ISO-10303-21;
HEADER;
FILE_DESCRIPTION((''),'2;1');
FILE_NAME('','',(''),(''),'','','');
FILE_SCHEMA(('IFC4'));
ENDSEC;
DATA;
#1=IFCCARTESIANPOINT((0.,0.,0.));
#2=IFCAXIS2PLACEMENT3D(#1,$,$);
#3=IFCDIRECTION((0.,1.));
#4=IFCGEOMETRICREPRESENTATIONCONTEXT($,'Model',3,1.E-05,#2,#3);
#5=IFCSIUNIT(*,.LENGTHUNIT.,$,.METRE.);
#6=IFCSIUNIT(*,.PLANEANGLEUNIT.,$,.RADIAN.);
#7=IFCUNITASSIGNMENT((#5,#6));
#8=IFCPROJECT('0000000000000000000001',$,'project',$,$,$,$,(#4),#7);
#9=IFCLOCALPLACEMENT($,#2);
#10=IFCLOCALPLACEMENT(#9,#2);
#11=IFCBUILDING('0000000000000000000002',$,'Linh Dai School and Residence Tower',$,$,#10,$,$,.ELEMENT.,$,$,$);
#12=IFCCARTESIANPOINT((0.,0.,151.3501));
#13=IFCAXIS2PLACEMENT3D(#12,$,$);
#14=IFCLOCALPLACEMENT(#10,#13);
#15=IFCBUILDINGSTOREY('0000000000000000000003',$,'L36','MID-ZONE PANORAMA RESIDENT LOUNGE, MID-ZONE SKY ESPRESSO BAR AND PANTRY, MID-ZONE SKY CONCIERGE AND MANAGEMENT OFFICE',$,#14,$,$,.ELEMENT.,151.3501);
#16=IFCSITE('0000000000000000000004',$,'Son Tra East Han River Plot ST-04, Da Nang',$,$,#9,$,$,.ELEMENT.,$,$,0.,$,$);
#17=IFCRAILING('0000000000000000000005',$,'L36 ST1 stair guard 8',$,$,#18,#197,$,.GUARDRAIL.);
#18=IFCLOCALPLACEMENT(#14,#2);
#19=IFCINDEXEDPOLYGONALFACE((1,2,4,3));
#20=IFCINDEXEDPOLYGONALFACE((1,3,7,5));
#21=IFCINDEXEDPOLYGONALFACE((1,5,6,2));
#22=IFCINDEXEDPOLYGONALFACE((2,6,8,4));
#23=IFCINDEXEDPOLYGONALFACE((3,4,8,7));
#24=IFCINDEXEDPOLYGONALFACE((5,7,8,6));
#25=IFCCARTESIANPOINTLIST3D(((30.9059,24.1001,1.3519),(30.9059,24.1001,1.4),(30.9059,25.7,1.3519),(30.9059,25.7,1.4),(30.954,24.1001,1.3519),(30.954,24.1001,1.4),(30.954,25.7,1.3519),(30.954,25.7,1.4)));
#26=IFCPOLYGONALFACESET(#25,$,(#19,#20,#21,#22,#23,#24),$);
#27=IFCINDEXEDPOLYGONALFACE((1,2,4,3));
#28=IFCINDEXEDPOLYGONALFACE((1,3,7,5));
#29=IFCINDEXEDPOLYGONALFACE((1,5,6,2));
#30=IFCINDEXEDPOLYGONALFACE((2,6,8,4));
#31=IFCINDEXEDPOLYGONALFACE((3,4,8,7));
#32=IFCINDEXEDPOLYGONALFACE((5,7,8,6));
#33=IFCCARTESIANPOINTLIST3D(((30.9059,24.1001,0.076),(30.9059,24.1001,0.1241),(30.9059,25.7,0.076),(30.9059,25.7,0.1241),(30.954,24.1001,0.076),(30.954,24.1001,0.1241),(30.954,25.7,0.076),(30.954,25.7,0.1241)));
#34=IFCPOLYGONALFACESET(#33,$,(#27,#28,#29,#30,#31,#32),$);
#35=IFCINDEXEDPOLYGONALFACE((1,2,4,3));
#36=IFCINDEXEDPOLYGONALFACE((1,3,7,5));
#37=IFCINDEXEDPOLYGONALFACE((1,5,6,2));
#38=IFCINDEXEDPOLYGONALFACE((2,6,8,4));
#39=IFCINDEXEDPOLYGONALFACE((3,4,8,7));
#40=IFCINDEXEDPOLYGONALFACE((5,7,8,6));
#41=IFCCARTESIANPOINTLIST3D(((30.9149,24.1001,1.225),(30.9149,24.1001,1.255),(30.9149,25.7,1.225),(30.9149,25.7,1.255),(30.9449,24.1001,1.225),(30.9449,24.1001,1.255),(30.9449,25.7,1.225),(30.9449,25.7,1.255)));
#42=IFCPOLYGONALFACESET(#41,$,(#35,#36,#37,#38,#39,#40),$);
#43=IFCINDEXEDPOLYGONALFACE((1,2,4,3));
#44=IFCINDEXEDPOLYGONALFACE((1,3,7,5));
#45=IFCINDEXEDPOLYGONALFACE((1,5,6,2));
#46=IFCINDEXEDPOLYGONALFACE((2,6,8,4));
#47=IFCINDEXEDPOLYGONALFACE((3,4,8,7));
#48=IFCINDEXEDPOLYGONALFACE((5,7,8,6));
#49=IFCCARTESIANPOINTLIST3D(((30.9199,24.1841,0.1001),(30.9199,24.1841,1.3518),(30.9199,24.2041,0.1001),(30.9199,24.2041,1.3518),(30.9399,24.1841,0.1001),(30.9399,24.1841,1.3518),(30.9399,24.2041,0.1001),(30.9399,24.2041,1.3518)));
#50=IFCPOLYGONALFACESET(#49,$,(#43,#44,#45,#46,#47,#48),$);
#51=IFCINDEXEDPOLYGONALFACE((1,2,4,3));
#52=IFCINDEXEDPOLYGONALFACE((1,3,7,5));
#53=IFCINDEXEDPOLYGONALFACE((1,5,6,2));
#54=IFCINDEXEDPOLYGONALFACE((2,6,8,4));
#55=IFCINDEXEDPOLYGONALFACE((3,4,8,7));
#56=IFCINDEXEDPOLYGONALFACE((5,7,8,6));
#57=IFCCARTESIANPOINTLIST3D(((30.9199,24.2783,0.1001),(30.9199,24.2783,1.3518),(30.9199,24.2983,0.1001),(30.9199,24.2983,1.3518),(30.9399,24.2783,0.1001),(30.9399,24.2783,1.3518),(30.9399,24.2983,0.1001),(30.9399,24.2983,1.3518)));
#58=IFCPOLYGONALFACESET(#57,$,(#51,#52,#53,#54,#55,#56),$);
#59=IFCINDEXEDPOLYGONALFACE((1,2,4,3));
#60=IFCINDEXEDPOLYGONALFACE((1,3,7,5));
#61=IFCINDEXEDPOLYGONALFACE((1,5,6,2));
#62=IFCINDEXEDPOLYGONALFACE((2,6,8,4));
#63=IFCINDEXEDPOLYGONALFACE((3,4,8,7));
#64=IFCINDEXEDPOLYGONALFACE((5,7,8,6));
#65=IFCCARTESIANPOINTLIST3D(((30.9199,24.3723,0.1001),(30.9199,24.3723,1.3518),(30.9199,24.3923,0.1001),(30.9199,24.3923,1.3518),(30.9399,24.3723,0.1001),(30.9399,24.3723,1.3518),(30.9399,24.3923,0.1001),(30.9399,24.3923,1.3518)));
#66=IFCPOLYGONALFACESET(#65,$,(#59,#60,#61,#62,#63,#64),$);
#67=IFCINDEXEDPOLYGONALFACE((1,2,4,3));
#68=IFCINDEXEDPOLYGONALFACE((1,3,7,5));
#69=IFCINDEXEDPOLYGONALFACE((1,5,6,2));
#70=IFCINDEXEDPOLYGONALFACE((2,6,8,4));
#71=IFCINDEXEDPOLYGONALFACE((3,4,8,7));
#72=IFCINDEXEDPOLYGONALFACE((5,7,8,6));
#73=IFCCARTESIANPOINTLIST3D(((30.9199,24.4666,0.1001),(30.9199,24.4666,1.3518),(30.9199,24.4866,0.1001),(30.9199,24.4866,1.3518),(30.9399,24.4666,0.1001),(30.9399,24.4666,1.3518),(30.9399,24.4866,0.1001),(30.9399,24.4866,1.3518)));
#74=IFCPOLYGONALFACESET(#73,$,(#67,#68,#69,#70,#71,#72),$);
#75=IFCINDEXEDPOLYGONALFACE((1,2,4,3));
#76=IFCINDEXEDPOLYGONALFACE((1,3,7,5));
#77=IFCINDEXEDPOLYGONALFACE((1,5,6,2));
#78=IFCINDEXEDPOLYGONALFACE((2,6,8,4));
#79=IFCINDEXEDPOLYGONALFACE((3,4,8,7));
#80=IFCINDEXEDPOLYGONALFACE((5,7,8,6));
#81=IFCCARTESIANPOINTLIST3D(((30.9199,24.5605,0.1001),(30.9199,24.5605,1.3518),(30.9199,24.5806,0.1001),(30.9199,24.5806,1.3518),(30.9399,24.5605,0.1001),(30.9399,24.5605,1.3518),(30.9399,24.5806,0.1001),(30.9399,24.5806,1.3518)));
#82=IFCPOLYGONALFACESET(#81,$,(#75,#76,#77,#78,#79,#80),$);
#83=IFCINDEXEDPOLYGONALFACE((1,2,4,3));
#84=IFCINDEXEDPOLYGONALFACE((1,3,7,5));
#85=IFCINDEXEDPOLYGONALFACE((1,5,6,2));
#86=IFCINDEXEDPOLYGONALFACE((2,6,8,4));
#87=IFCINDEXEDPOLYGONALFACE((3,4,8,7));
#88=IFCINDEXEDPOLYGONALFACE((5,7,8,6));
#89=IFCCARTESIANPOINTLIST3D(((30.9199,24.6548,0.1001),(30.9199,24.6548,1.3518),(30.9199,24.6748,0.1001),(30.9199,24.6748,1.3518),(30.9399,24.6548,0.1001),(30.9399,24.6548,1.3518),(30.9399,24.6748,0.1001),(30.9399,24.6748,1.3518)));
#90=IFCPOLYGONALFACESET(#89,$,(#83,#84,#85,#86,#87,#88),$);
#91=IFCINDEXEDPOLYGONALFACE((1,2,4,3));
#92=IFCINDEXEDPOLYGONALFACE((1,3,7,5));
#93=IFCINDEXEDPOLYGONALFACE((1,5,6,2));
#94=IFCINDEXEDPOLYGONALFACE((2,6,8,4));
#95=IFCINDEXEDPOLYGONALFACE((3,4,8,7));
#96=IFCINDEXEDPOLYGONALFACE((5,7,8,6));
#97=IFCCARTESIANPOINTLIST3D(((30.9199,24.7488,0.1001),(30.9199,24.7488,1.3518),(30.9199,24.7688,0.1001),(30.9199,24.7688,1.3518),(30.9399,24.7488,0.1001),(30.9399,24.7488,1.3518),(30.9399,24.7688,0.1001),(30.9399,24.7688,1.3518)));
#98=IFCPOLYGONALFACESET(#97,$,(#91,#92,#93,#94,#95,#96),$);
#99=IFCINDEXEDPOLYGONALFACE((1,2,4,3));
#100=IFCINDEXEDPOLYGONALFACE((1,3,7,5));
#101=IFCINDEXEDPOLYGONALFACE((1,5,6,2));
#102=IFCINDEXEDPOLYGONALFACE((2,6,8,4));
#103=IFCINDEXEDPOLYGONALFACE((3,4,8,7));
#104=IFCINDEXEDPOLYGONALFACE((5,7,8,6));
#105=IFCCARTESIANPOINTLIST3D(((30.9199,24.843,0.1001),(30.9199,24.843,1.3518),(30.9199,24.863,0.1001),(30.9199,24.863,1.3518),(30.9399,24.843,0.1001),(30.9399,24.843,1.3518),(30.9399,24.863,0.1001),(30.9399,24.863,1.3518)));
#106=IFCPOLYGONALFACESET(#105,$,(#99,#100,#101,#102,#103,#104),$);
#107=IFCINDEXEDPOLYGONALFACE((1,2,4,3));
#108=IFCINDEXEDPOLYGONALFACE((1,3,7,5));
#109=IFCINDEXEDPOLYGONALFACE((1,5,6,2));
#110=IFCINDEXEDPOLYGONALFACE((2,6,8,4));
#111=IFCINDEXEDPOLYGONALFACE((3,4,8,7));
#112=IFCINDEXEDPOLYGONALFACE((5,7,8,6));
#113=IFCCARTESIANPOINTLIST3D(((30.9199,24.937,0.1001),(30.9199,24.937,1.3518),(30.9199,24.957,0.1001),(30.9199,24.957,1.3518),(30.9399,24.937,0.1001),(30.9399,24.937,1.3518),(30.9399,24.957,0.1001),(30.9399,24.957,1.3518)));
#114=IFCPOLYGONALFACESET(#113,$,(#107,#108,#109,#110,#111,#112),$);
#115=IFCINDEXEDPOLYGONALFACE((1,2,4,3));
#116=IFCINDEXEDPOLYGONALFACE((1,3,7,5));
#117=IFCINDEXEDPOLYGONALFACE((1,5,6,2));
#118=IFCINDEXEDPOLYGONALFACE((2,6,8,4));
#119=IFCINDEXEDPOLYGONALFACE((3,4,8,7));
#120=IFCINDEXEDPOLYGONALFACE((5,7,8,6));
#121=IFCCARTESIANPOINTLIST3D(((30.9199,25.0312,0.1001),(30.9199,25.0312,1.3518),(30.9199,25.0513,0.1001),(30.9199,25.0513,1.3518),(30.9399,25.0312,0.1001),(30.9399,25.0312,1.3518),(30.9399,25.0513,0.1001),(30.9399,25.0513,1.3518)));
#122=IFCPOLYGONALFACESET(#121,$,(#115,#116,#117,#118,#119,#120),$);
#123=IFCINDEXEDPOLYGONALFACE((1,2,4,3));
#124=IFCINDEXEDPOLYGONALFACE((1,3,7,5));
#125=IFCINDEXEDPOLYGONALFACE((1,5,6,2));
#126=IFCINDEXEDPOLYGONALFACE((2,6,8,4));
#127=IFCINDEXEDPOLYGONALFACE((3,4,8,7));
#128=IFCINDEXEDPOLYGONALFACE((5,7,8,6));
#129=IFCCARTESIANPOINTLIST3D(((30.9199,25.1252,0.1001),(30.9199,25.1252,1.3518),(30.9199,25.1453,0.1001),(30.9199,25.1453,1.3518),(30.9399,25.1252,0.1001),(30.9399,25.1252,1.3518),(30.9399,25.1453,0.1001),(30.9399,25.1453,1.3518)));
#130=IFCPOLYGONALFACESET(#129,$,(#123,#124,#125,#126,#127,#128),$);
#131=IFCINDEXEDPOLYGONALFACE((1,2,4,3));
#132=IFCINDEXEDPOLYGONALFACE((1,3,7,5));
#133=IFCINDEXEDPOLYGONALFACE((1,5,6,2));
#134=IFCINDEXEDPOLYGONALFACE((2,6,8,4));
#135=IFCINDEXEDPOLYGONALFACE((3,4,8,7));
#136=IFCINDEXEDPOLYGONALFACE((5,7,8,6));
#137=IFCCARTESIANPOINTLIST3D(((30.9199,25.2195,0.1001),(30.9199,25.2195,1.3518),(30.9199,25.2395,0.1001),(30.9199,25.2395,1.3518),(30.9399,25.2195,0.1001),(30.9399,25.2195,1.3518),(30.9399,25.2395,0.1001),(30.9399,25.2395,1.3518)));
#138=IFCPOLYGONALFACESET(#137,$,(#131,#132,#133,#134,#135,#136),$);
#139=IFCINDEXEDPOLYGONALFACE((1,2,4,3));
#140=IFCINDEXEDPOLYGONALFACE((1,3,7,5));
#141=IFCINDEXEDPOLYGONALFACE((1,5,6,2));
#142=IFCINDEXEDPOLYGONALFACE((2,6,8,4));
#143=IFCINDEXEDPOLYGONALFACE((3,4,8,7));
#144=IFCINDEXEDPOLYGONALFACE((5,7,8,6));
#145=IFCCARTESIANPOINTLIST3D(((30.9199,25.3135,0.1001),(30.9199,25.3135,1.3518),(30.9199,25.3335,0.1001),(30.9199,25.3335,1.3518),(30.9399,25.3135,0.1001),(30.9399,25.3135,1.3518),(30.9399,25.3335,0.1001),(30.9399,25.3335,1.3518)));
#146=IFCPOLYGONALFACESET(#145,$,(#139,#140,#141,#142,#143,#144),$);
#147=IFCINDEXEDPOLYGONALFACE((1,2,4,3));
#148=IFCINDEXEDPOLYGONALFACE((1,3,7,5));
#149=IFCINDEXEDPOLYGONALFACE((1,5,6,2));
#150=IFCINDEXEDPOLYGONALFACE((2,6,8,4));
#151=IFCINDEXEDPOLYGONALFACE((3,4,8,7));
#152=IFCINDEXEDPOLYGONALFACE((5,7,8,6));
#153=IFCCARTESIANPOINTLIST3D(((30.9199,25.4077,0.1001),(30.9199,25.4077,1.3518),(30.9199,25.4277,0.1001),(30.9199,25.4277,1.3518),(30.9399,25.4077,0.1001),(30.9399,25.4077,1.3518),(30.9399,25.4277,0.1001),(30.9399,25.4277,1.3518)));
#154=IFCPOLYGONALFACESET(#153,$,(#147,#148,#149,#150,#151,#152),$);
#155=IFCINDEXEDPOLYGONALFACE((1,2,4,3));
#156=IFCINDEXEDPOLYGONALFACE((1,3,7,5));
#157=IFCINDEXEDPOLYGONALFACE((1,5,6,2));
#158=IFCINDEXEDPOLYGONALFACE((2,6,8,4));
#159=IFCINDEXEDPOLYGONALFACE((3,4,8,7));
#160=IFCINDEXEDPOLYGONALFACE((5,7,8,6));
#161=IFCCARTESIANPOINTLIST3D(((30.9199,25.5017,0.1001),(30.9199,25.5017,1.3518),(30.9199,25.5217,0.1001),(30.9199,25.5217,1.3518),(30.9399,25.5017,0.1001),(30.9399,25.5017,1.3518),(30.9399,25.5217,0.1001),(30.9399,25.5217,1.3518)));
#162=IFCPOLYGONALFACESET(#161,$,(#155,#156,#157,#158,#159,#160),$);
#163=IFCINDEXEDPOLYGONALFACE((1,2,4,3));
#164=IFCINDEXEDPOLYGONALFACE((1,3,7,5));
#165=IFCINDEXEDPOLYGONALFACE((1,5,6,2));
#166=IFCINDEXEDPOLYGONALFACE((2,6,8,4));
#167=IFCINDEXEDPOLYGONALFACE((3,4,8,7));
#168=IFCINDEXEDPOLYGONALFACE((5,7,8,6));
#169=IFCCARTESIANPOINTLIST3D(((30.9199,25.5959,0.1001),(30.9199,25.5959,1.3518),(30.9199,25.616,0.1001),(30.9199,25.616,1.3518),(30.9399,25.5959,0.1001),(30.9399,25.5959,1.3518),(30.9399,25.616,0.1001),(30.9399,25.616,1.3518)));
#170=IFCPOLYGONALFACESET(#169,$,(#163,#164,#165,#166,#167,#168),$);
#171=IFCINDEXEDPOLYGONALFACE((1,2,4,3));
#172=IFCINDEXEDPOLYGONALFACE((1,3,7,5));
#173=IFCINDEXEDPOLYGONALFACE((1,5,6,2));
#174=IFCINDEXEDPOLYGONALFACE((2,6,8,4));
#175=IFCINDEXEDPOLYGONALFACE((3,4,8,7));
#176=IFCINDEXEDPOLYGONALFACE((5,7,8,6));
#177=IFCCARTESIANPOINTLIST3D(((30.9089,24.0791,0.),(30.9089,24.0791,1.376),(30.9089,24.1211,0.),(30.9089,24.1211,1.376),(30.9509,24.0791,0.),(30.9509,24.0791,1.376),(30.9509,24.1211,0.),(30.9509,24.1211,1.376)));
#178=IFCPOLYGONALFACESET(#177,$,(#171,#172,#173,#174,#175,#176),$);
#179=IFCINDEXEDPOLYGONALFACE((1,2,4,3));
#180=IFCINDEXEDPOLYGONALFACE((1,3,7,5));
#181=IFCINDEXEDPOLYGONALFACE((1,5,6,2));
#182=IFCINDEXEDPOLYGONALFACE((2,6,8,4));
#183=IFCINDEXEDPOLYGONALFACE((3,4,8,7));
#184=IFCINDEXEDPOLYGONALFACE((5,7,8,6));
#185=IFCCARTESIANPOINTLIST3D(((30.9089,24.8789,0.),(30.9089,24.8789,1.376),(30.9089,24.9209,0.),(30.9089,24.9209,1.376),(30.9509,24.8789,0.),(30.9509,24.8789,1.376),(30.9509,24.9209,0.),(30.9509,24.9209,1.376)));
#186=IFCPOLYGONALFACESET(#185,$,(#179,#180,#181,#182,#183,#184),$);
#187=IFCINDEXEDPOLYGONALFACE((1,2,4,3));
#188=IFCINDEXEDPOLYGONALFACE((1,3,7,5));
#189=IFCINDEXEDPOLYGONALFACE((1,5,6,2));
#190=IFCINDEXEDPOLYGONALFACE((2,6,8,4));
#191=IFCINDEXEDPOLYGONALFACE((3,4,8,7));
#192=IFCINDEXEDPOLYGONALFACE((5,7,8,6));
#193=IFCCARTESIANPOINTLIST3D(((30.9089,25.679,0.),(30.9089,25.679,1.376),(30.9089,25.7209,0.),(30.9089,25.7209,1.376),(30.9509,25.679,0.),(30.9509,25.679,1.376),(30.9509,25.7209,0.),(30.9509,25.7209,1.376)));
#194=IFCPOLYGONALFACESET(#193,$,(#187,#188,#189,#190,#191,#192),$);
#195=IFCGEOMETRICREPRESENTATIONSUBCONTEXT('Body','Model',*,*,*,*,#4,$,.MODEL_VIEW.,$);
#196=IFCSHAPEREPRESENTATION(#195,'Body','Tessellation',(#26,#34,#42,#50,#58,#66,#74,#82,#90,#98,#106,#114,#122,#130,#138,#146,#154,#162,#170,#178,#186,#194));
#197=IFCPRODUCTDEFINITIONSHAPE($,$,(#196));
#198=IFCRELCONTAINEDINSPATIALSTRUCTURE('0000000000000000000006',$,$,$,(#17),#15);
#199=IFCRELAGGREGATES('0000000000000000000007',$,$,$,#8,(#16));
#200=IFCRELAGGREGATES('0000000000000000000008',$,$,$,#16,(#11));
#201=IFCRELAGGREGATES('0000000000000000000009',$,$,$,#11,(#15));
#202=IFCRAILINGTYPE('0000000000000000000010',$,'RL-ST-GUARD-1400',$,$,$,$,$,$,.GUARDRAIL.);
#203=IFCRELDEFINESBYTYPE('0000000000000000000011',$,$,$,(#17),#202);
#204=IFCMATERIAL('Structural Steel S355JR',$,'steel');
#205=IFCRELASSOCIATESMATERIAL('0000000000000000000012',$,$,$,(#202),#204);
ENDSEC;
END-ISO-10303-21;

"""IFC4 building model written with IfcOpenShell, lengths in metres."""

from ifc_helpers import new_model, si_unit, direction, frame, origin, origin_2d, place, context, subcontext, project, spatial, rectangle, extrude, source, transform, mapped, material, type_object, element, save


model = new_model("IFC4")

# Units and contexts
model_context = context("Model", 3, precision=1e-05, world=origin(), true_north=direction((0.0, 1.0)))
body_context = subcontext(model_context, "Body", "Model", "MODEL_VIEW")
ifc_project = project(units=[si_unit("LENGTHUNIT", "METRE"), si_unit("PLANEANGLEUNIT", "RADIAN")], contexts=[model_context])

# Site, building, storey
site_placement = place(None, origin())
site = spatial("IfcSite", under=ifc_project, at=site_placement, Name="Son Tra East Han River Plot ST-04, Da Nang", CompositionType="ELEMENT", RefElevation=0.0)
building_placement = place(site_placement, origin())
building = spatial("IfcBuilding", under=site, at=building_placement, Name="Linh Dai School and Residence Tower", CompositionType="ELEMENT")
storey_placement = place(building_placement, frame((0.0, 0.0, 151.3501)))
storey = spatial("IfcBuildingStorey", under=building, at=storey_placement, Name="L36", Description="MID-ZONE PANORAMA RESIDENT LOUNGE, MID-ZONE SKY ESPRESSO BAR AND PANTRY, MID-ZONE SKY CONCIERGE AND MANAGEMENT OFFICE", CompositionType="ELEMENT", Elevation=151.3501)

# Shared definitions
ifc_material_1 = material(Name="Structural Steel S355JR", Category="steel")

# Railing
railing_type = type_object("IfcRailingType", Name="RL-ST-GUARD-1400", PredefinedType="GUARDRAIL", material=ifc_material_1)
shared_shape_1 = source(origin(), body_context, "Body", "SweptSolid", [
    extrude(rectangle(XDim=0.0481, YDim=0.0481, at=origin_2d()), frame((0.0, 0.0, 1.376), z_axis=(0.0, 1.0, 0.0), x_axis=(-1.0, 0.0, 0.0)), (0.0, 0.0, 1.0), 1.5999),
    extrude(rectangle(XDim=0.0481, YDim=0.0481, at=origin_2d()), frame((0.0, 0.0, 0.1001), z_axis=(0.0, 1.0, 0.0), x_axis=(-1.0, 0.0, 0.0)), (0.0, 0.0, 1.0), 1.5999),
    extrude(rectangle(XDim=0.03, YDim=0.03, at=origin_2d()), frame((0.0, 0.0, 1.24), z_axis=(0.0, 1.0, 0.0), x_axis=(-1.0, 0.0, 0.0)), (0.0, 0.0, 1.0), 1.5999),
    extrude(rectangle(XDim=0.02, YDim=0.02, at=origin_2d()), frame((0.0, 0.094, 0.1001)), (0.0, 0.0, 1.0), 1.2517),
    extrude(rectangle(XDim=0.02, YDim=0.02, at=origin_2d()), frame((0.0, 0.1882, 0.1001)), (0.0, 0.0, 1.0), 1.2517),
    extrude(rectangle(XDim=0.02, YDim=0.02, at=origin_2d()), frame((0.0, 0.2822, 0.1001)), (0.0, 0.0, 1.0), 1.2517),
    extrude(rectangle(XDim=0.02, YDim=0.02, at=origin_2d()), frame((0.0, 0.3765, 0.1001)), (0.0, 0.0, 1.0), 1.2517),
    extrude(rectangle(XDim=0.02, YDim=0.02, at=origin_2d()), frame((0.0, 0.4705, 0.1001)), (0.0, 0.0, 1.0), 1.2517),
    extrude(rectangle(XDim=0.02, YDim=0.02, at=origin_2d()), frame((0.0, 0.5647, 0.1001)), (0.0, 0.0, 1.0), 1.2517),
    extrude(rectangle(XDim=0.02, YDim=0.02, at=origin_2d()), frame((0.0, 0.6587, 0.1001)), (0.0, 0.0, 1.0), 1.2517),
    extrude(rectangle(XDim=0.02, YDim=0.02, at=origin_2d()), frame((0.0, 0.7529, 0.1001)), (0.0, 0.0, 1.0), 1.2517),
    extrude(rectangle(XDim=0.02, YDim=0.02, at=origin_2d()), frame((0.0, 0.8469, 0.1001)), (0.0, 0.0, 1.0), 1.2517),
    extrude(rectangle(XDim=0.02, YDim=0.02, at=origin_2d()), frame((0.0, 0.9412, 0.1001)), (0.0, 0.0, 1.0), 1.2517),
    extrude(rectangle(XDim=0.02, YDim=0.02, at=origin_2d()), frame((0.0, 1.0352, 0.1001)), (0.0, 0.0, 1.0), 1.2517),
    extrude(rectangle(XDim=0.02, YDim=0.02, at=origin_2d()), frame((0.0, 1.1294, 0.1001)), (0.0, 0.0, 1.0), 1.2517),
    extrude(rectangle(XDim=0.02, YDim=0.02, at=origin_2d()), frame((0.0, 1.2234, 0.1001)), (0.0, 0.0, 1.0), 1.2517),
    extrude(rectangle(XDim=0.02, YDim=0.02, at=origin_2d()), frame((0.0, 1.3176, 0.1001)), (0.0, 0.0, 1.0), 1.2517),
    extrude(rectangle(XDim=0.02, YDim=0.02, at=origin_2d()), frame((0.0, 1.4116, 0.1001)), (0.0, 0.0, 1.0), 1.2517),
    extrude(rectangle(XDim=0.02, YDim=0.02, at=origin_2d()), frame((0.0, 1.5059, 0.1001)), (0.0, 0.0, 1.0), 1.2517),
    extrude(rectangle(XDim=0.042, YDim=0.042, at=origin_2d()), origin(), (0.0, 0.0, 1.0), 1.376),
    extrude(rectangle(XDim=0.042, YDim=0.042, at=origin_2d()), frame((0.0, 0.7998, 0.0)), (0.0, 0.0, 1.0), 1.376),
    extrude(rectangle(XDim=0.042, YDim=0.042, at=origin_2d()), frame((0.0, 1.5999, 0.0)), (0.0, 0.0, 1.0), 1.376),
])
for number, where, name in (
    (1, (30.9299, 24.1001, 0.0), "L36 ST1 stair guard 8"),
):
    element("IfcRailing", number, at=place(storey_placement, frame(where)), inside=storey, type_object=railing_type, Name=name, PredefinedType="GUARDRAIL", context=body_context, shape_type="MappedRepresentation", body=[
        mapped(shared_shape_1, transform((0.0, 0.0, 0.0), x_axis=(1.0, 0.0, 0.0), y_axis=(0.0, 1.0, 0.0), z_axis=(0.0, 0.0, 1.0), scale=1.0)),
    ])

save(model, "model.ifc")
